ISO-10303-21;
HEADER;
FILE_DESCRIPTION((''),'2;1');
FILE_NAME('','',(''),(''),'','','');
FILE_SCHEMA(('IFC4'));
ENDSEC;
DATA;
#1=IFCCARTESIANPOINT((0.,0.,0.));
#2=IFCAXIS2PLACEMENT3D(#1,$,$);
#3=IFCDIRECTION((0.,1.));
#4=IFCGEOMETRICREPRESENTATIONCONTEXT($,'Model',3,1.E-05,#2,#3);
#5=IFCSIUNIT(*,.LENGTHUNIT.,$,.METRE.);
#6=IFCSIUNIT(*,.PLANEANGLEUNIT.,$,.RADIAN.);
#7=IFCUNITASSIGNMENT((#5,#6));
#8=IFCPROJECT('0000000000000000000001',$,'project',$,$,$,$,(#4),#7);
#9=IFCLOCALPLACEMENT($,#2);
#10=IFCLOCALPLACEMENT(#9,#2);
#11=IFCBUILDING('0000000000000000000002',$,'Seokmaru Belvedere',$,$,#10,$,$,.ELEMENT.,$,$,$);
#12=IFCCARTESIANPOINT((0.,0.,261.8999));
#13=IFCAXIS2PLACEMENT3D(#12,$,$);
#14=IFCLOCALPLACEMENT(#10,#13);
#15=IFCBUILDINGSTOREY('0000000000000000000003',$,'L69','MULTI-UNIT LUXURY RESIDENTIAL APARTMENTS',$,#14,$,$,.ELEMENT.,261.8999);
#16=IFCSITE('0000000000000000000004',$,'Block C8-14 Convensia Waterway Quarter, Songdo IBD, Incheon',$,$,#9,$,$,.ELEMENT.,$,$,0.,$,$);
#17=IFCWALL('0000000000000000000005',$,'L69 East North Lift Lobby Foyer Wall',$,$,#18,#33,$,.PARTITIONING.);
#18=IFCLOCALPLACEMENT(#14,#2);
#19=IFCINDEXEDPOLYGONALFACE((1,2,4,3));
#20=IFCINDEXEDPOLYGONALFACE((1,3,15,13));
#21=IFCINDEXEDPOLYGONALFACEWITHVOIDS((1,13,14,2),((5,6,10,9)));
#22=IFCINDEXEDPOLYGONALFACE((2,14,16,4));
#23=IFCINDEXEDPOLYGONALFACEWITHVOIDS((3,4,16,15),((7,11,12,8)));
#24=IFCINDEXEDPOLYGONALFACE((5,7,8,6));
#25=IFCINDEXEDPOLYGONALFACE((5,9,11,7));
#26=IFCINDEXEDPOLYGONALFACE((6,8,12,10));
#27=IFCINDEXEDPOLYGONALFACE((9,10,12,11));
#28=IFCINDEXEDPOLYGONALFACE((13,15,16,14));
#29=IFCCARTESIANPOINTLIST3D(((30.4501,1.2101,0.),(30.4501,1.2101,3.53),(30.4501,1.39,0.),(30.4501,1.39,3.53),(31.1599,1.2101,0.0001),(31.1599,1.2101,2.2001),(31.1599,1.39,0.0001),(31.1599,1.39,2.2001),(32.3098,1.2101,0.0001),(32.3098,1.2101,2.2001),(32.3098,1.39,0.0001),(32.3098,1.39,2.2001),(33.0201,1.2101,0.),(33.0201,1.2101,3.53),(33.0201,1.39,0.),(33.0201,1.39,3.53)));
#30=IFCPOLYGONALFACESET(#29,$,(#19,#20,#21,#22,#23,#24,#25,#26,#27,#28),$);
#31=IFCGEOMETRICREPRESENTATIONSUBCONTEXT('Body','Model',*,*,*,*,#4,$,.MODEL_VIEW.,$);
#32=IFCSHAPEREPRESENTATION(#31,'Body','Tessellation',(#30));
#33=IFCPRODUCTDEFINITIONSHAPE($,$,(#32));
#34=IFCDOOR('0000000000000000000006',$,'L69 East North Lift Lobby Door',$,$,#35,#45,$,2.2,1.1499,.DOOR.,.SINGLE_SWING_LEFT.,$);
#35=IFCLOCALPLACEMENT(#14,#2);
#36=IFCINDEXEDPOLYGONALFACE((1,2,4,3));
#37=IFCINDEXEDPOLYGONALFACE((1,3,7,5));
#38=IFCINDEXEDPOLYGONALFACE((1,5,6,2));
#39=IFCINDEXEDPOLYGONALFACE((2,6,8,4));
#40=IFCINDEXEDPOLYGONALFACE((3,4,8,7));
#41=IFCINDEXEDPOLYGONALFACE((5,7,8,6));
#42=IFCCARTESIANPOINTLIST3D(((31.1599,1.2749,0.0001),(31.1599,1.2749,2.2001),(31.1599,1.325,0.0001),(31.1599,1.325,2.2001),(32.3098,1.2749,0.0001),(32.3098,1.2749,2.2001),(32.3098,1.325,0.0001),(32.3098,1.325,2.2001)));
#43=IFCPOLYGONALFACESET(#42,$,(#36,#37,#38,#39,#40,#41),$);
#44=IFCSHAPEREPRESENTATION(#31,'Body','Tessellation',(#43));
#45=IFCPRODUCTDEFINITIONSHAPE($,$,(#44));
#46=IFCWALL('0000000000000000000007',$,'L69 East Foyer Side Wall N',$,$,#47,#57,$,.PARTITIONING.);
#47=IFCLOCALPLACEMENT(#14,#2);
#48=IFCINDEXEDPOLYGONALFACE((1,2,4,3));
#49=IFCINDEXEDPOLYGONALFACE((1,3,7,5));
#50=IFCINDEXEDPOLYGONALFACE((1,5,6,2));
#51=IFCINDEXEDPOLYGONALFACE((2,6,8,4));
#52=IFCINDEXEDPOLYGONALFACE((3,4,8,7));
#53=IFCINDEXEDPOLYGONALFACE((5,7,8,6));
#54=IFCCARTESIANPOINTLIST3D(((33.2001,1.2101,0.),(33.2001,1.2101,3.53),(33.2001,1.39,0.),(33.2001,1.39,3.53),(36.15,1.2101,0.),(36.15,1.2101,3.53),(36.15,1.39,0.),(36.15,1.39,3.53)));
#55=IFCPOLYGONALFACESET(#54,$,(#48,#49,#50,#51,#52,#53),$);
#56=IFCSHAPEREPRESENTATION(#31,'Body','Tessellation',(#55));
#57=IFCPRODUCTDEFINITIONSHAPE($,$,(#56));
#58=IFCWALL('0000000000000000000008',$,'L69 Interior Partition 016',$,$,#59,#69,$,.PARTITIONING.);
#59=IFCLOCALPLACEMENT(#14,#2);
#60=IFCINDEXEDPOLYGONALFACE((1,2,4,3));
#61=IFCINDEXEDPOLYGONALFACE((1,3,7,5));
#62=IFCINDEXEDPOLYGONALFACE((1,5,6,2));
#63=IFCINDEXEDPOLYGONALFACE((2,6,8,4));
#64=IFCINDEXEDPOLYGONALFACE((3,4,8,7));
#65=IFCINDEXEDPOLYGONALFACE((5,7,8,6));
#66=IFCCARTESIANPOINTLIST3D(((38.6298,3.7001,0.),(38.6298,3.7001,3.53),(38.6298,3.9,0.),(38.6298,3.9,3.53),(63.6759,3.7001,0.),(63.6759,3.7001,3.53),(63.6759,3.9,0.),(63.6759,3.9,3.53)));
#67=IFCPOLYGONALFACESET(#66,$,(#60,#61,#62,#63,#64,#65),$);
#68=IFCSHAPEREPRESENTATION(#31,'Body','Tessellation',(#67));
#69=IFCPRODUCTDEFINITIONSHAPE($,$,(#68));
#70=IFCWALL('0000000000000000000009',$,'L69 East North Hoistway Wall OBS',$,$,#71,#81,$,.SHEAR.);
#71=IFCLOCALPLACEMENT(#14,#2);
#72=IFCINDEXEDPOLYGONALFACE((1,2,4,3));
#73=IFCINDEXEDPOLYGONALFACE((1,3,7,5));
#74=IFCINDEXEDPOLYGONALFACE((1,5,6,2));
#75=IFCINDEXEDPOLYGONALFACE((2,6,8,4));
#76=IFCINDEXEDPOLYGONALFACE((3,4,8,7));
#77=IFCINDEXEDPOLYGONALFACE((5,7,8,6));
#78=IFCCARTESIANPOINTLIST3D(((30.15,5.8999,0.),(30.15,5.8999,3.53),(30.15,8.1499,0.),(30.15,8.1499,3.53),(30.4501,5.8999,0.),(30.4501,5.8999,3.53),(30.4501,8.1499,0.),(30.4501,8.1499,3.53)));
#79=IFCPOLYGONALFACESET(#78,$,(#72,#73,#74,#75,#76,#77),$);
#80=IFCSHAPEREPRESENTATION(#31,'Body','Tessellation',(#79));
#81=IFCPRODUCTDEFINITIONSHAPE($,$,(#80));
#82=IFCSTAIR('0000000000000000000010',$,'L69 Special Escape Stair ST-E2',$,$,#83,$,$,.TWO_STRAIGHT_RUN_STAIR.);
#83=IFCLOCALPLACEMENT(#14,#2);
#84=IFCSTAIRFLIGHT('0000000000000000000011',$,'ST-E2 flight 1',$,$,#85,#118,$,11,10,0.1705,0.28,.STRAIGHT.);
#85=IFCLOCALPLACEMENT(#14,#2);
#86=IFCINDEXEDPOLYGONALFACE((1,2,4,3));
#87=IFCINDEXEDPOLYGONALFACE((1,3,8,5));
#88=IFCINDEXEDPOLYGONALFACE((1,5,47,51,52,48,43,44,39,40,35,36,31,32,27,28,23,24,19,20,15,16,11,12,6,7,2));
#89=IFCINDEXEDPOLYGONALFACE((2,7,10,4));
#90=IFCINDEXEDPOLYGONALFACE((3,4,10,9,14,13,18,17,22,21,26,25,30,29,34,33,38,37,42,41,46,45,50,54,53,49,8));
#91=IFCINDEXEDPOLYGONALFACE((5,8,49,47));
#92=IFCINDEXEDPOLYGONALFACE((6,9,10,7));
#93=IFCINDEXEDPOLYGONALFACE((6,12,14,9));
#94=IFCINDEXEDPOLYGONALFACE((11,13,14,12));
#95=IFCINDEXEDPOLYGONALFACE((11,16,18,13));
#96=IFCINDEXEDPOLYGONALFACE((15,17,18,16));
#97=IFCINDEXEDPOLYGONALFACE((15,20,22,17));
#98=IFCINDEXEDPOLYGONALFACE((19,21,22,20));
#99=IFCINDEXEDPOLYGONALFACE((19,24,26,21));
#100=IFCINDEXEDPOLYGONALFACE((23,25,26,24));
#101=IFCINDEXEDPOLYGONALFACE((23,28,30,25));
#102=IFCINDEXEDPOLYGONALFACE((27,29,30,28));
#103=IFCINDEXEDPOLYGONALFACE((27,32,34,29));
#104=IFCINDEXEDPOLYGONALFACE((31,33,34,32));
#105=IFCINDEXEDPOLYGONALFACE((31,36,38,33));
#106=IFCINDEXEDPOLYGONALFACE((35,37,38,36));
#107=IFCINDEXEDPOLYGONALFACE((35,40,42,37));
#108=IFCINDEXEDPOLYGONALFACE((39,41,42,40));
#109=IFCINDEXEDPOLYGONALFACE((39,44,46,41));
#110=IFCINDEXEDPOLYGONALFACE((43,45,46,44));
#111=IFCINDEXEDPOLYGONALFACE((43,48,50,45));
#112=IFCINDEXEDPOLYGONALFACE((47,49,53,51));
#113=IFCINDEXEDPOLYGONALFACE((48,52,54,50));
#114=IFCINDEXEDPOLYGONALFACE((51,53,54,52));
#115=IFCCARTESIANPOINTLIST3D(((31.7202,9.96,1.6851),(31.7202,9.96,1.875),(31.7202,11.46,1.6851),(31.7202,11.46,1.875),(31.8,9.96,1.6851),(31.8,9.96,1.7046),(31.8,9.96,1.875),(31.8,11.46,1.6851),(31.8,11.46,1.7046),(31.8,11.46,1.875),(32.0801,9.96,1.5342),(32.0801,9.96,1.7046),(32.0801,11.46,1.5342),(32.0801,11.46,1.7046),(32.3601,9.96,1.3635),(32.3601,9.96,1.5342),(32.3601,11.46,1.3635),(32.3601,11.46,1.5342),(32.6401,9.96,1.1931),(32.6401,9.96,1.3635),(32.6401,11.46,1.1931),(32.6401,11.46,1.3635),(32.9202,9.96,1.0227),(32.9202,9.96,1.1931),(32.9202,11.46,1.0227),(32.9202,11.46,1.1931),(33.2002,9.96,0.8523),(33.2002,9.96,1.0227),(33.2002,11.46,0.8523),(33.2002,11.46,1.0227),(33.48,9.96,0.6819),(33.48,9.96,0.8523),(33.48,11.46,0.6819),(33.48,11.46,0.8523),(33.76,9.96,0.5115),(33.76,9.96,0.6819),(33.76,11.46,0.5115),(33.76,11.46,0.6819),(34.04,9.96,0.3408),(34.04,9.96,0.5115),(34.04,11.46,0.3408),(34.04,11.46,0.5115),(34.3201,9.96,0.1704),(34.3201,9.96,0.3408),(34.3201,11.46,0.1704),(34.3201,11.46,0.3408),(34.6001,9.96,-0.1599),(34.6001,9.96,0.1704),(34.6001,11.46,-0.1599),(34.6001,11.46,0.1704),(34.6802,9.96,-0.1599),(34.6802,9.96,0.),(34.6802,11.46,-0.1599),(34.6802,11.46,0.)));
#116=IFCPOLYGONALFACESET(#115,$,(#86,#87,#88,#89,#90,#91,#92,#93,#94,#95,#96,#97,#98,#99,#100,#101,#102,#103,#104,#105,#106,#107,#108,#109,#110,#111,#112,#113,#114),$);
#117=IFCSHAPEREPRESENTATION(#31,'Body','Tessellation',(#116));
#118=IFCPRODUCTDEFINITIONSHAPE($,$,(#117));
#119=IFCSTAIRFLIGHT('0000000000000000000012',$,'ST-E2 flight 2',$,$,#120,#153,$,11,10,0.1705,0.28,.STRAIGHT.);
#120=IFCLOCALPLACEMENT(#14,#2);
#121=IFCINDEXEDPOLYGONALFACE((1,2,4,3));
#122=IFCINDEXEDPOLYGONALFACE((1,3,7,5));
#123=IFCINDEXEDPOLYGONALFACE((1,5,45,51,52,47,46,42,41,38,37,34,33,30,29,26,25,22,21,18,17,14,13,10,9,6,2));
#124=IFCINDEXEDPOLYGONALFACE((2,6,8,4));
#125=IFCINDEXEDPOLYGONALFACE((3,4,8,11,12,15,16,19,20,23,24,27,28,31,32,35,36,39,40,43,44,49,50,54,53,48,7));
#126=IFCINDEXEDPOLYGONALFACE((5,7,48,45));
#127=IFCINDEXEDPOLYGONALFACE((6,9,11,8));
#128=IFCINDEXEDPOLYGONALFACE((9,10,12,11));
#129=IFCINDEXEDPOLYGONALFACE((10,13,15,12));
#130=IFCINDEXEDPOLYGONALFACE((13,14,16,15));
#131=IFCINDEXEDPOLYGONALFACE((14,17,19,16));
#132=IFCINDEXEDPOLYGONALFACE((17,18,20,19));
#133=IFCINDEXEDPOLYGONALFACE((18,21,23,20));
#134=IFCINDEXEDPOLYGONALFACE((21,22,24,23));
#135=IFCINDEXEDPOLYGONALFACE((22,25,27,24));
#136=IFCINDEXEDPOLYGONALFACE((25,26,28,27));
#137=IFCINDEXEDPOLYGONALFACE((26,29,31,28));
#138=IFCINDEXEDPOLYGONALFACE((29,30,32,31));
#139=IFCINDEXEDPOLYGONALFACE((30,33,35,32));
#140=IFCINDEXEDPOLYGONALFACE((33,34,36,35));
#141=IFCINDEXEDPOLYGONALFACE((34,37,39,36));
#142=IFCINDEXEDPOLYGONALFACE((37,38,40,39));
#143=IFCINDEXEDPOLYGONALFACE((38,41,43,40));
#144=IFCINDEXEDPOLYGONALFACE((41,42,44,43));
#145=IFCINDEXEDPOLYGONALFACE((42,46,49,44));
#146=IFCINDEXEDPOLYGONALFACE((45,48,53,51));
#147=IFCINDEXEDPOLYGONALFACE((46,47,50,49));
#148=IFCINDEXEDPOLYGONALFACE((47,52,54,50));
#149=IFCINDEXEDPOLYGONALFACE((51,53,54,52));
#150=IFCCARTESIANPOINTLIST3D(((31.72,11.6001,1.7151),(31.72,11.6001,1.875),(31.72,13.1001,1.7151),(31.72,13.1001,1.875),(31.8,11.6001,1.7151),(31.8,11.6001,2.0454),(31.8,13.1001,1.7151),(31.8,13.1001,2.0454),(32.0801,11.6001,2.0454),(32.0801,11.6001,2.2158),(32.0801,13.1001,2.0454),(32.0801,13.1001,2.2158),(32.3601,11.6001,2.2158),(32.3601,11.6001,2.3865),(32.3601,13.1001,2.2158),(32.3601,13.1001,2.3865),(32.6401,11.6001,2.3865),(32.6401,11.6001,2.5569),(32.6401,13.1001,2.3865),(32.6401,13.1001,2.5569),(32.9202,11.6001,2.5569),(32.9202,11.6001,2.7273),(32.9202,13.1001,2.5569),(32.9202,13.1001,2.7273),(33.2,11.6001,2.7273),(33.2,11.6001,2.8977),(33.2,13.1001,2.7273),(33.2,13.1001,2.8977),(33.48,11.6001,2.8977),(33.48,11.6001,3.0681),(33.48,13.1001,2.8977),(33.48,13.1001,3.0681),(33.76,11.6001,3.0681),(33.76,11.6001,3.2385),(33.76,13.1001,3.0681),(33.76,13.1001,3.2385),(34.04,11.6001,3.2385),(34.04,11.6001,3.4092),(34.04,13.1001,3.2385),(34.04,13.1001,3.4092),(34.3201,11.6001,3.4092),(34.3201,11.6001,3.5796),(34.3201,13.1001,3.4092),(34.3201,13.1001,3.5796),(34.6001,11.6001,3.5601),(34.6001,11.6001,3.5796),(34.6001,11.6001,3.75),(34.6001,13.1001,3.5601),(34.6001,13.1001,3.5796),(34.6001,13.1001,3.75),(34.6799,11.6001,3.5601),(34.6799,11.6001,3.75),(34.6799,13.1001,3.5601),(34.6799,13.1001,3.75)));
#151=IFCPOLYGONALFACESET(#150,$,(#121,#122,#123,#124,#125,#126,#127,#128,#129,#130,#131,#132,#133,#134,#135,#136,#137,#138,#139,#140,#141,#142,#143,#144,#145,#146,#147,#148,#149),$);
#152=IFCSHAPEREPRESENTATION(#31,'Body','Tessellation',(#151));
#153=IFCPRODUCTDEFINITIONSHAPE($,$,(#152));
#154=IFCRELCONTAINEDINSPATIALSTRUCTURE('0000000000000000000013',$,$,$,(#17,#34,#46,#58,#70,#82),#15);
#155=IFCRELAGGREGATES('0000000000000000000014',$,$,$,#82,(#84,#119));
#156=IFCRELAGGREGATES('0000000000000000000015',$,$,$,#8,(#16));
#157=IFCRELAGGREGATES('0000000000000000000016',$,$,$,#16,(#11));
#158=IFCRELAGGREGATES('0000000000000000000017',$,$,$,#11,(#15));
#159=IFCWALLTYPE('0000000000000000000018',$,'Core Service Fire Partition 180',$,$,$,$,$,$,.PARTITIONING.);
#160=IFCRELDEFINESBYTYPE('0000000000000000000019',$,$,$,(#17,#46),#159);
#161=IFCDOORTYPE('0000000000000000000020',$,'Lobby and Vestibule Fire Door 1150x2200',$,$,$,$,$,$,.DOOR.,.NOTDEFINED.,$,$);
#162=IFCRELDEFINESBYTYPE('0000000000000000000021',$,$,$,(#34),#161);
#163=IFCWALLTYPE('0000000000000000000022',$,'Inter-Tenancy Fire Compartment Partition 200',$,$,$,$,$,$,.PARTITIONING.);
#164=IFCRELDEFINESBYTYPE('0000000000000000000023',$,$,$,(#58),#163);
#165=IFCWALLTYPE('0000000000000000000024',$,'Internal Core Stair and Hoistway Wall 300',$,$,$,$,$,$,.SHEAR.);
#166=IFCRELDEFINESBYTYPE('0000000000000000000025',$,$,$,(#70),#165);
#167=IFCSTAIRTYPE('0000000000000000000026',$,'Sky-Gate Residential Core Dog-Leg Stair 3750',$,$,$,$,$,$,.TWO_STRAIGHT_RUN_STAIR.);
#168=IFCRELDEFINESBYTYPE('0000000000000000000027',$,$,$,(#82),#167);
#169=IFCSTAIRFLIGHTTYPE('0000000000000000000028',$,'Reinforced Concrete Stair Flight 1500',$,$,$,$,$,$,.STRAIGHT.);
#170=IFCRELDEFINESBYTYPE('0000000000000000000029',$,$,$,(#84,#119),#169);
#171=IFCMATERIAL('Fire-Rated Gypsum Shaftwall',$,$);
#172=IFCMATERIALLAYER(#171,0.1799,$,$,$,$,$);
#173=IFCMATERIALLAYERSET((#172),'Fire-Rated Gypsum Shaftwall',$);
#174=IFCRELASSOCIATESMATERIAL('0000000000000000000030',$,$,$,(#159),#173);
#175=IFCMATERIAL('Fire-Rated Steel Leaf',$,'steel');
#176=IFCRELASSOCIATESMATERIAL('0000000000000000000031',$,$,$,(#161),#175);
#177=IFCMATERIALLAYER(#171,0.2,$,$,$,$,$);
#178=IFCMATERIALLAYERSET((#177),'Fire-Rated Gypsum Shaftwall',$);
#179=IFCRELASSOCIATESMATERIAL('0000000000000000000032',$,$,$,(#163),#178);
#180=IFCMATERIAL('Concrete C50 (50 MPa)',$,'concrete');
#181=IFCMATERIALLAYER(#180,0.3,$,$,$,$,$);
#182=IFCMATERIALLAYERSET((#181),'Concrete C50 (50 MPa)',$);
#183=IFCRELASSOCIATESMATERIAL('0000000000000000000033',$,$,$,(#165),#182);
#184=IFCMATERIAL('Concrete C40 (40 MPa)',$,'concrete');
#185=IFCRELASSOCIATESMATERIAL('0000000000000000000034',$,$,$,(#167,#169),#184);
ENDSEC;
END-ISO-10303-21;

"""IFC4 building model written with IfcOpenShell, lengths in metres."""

from ifc_helpers import new_model, si_unit, direction, frame, frame_2d, origin, place, context, subcontext, project, spatial, polyline, rectangle, outline, extrude, source, transform, mapped, material, layer, layer_set, type_object, type_shapes, element, fill, aggregate, save


model = new_model("IFC4")

# Units and contexts
model_context = context("Model", 3, precision=1e-05, world=origin(), true_north=direction((0.0, 1.0)))
body_context = subcontext(model_context, "Body", "Model", "MODEL_VIEW")
ifc_project = project(units=[si_unit("LENGTHUNIT", "METRE"), si_unit("PLANEANGLEUNIT", "RADIAN")], contexts=[model_context])

# Site, building, storey
site_placement = place(None, origin())
site = spatial("IfcSite", under=ifc_project, at=site_placement, Name="Block C8-14 Convensia Waterway Quarter, Songdo IBD, Incheon", CompositionType="ELEMENT", RefElevation=0.0)
building_placement = place(site_placement, origin())
building = spatial("IfcBuilding", under=site, at=building_placement, Name="Seokmaru Belvedere", CompositionType="ELEMENT")
storey_placement = place(building_placement, frame((0.0, 0.0, 261.8999)))
storey = spatial("IfcBuildingStorey", under=building, at=storey_placement, Name="L69", Description="MULTI-UNIT LUXURY RESIDENTIAL APARTMENTS", CompositionType="ELEMENT", Elevation=261.8999)

# Shared definitions
ifc_material_1 = material(Name="Fire-Rated Gypsum Shaftwall")

# Shared definitions
ifc_layer_1 = layer(ifc_material_1, 0.1799)
ifc_layer_set_1 = layer_set([ifc_layer_1], Name="Fire-Rated Gypsum Shaftwall")
wall_type_1 = type_object("IfcWallType", Name="Core Service Fire Partition 180", PredefinedType="PARTITIONING", material=ifc_layer_set_1)

# Wall, opening, door
wall_1_placement = place(storey_placement, frame((30.45, 1.3, 0.0), z_axis=(0.0, 0.0, 1.0), x_axis=(1.0, 0.0, 0.0)))
wall_1 = element("IfcWall", 1, at=wall_1_placement, inside=storey, type_object=wall_type_1, Name="L69 East North Lift Lobby Foyer Wall", PredefinedType="PARTITIONING", context=body_context, shape_type="SweptSolid", body=[
    extrude(rectangle(XDim=2.5701, YDim=0.1799, at=frame_2d((1.2852, 0.0))), origin(), (0.0, 0.0, 1.0), 3.53),
])
opening_1_placement = place(wall_1_placement, frame((0.71, 0.0, 0.0)))
opening_1 = element("IfcOpeningElement", 2, at=opening_1_placement, cuts=wall_1, PredefinedType="OPENING", context=body_context, shape_type="SweptSolid", body=[
    extrude(rectangle(XDim=1.1499, YDim=2.2, at=frame_2d((0.575, 1.1001))), frame((0.0, 0.1001, 0.0), z_axis=(0.0, -1.0, 0.0), x_axis=(1.0, 0.0, 0.0)), (0.0, 0.0, 1.0), 0.2),
])
ifc_material_2 = material(Name="Fire-Rated Steel Leaf", Category="steel")
door_type_1 = type_object("IfcDoorType", Name="Lobby and Vestibule Fire Door 1150x2200", OperationType="NOTDEFINED", PredefinedType="DOOR", material=ifc_material_2)
shared_shape_1 = source(origin(), body_context, "Body", "SweptSolid", [
    extrude(rectangle(XDim=1.1499, YDim=2.2, at=frame_2d((0.575, 1.1001))), frame((0.0, 0.0249, 0.0), z_axis=(0.0, -1.0, 0.0), x_axis=(1.0, 0.0, 0.0)), (0.0, 0.0, 1.0), 0.05),
])
type_shapes(door_type_1, [shared_shape_1])
door_1_placement = place(opening_1_placement, origin())
door_1 = element("IfcDoor", 3, at=door_1_placement, inside=storey, type_object=door_type_1, Name="L69 East North Lift Lobby Door", OperationType="SINGLE_SWING_LEFT", OverallHeight=2.2, OverallWidth=1.1499, PredefinedType="DOOR", context=body_context, shape_type="MappedRepresentation", body=[
    mapped(shared_shape_1, transform((0.0, 0.0, 0.0), scale=1.0)),
])
fill(opening_1, door_1)

# Walls
wall_2_placement = place(storey_placement, frame((33.2, 1.3, 0.0), z_axis=(0.0, 0.0, 1.0), x_axis=(1.0, 0.0, 0.0)))
element("IfcWall", 4, at=wall_2_placement, inside=storey, type_object=wall_type_1, Name="L69 East Foyer Side Wall N", PredefinedType="PARTITIONING", context=body_context, shape_type="SweptSolid", body=[
    extrude(rectangle(XDim=2.95, YDim=0.1799, at=frame_2d((1.4751, 0.0))), origin(), (0.0, 0.0, 1.0), 3.53),
])
ifc_layer_2 = layer(ifc_material_1, 0.2)
ifc_layer_set_2 = layer_set([ifc_layer_2], Name="Fire-Rated Gypsum Shaftwall")
wall_type_2 = type_object("IfcWallType", Name="Inter-Tenancy Fire Compartment Partition 200", PredefinedType="PARTITIONING", material=ifc_layer_set_2)
wall_3_placement = place(storey_placement, frame((38.6299, 3.8, 0.0), z_axis=(0.0, 0.0, 1.0), x_axis=(1.0, 0.0, 0.0)))
element("IfcWall", 5, at=wall_3_placement, inside=storey, type_object=wall_type_2, Name="L69 Interior Partition 016", PredefinedType="PARTITIONING", context=body_context, shape_type="SweptSolid", body=[
    extrude(rectangle(XDim=25.0461, YDim=0.2, at=frame_2d((12.5229, 0.0))), origin(), (0.0, 0.0, 1.0), 3.53),
])
ifc_material_3 = material(Name="Concrete C50 (50 MPa)", Category="concrete")
ifc_layer_3 = layer(ifc_material_3, 0.3)
ifc_layer_set_3 = layer_set([ifc_layer_3], Name="Concrete C50 (50 MPa)")
wall_type_3 = type_object("IfcWallType", Name="Internal Core Stair and Hoistway Wall 300", PredefinedType="SHEAR", material=ifc_layer_set_3)
wall_4_placement = place(storey_placement, frame((30.3, 5.8999, 0.0), z_axis=(0.0, 0.0, 1.0), x_axis=(0.0, 1.0, 0.0)))
element("IfcWall", 6, at=wall_4_placement, inside=storey, type_object=wall_type_3, Name="L69 East North Hoistway Wall OBS", PredefinedType="SHEAR", context=body_context, shape_type="SweptSolid", body=[
    extrude(rectangle(XDim=2.25, YDim=0.3, at=frame_2d((1.125, 0.0))), origin(), (0.0, 0.0, 1.0), 3.53),
])

# Stair, stair flights
ifc_material_4 = material(Name="Concrete C40 (40 MPa)", Category="concrete")
stair_type = type_object("IfcStairType", Name="Sky-Gate Residential Core Dog-Leg Stair 3750", PredefinedType="TWO_STRAIGHT_RUN_STAIR", material=ifc_material_4)
stair_placement = place(storey_placement, origin())
stair = element("IfcStair", 7, at=stair_placement, inside=storey, type_object=stair_type, Name="L69 Special Escape Stair ST-E2", PredefinedType="TWO_STRAIGHT_RUN_STAIR")
stair_flight_type = type_object("IfcStairFlightType", Name="Reinforced Concrete Stair Flight 1500", PredefinedType="STRAIGHT", material=ifc_material_4)
stair_flight_1_placement = place(storey_placement, frame((34.6001, 10.71, 0.0), z_axis=(0.0, 0.0, 1.0), x_axis=(-1.0, 0.0, 0.0)))
stair_flight_1 = element("IfcStairFlight", 8, at=stair_flight_1_placement, type_object=stair_flight_type, Name="ST-E2 flight 1", NumberOfRisers=11, NumberOfTreads=10, PredefinedType="STRAIGHT", RiserHeight=0.1705, TreadLength=0.28, context=body_context, shape_type="SweptSolid", body=[
    extrude(outline(polyline([(-0.0801, 0.0), (0.0, 0.1704), (0.28, 0.1704), (0.28, 0.3408), (0.5601, 0.3408), (0.5601, 0.5115), (0.8401, 0.5115), (0.8401, 0.6819), (1.1201, 0.6819), (1.1201, 0.8523), (1.3999, 0.8523), (1.3999, 1.0227), (1.6799, 1.0227), (1.6799, 1.1931), (1.96, 1.1931), (1.96, 1.3635), (2.24, 1.3635), (2.24, 1.5342), (2.52, 1.5342), (2.52, 1.7046), (2.8, 1.7046), (2.8, 1.875), (2.8799, 1.875), (2.8799, 1.6851), (2.8, 1.6851), (0.0, -0.1599), (-0.0801, -0.1599), (-0.0801, 0.0)])), frame((0.0, 0.75, 0.0), z_axis=(0.0, -1.0, 0.0), x_axis=(1.0, 0.0, 0.0)), (0.0, 0.0, 1.0), 1.5),
])
stair_flight_2_placement = place(storey_placement, frame((31.8, 12.3501, 1.875), z_axis=(0.0, 0.0, 1.0), x_axis=(1.0, 0.0, 0.0)))
stair_flight_2 = element("IfcStairFlight", 9, at=stair_flight_2_placement, type_object=stair_flight_type, Name="ST-E2 flight 2", NumberOfRisers=11, NumberOfTreads=10, PredefinedType="STRAIGHT", RiserHeight=0.1705, TreadLength=0.28, context=body_context, shape_type="SweptSolid", body=[
    extrude(outline(polyline([(-0.0801, 0.0), (0.0, 0.1704), (0.28, 0.1704), (0.28, 0.3408), (0.5601, 0.3408), (0.5601, 0.5115), (0.8401, 0.5115), (0.8401, 0.6819), (1.1201, 0.6819), (1.1201, 0.8523), (1.3999, 0.8523), (1.3999, 1.0227), (1.6799, 1.0227), (1.6799, 1.1931), (1.96, 1.1931), (1.96, 1.3635), (2.24, 1.3635), (2.24, 1.5342), (2.52, 1.5342), (2.52, 1.7046), (2.8, 1.7046), (2.8, 1.875), (2.8799, 1.875), (2.8799, 1.6851), (2.8, 1.6851), (0.0, -0.1599), (-0.0801, -0.1599), (-0.0801, 0.0)])), frame((0.0, 0.75, 0.0), z_axis=(0.0, -1.0, 0.0), x_axis=(1.0, 0.0, 0.0)), (0.0, 0.0, 1.0), 1.5),
])
aggregate(stair, [stair_flight_1, stair_flight_2])

save(model, "model.ifc")
